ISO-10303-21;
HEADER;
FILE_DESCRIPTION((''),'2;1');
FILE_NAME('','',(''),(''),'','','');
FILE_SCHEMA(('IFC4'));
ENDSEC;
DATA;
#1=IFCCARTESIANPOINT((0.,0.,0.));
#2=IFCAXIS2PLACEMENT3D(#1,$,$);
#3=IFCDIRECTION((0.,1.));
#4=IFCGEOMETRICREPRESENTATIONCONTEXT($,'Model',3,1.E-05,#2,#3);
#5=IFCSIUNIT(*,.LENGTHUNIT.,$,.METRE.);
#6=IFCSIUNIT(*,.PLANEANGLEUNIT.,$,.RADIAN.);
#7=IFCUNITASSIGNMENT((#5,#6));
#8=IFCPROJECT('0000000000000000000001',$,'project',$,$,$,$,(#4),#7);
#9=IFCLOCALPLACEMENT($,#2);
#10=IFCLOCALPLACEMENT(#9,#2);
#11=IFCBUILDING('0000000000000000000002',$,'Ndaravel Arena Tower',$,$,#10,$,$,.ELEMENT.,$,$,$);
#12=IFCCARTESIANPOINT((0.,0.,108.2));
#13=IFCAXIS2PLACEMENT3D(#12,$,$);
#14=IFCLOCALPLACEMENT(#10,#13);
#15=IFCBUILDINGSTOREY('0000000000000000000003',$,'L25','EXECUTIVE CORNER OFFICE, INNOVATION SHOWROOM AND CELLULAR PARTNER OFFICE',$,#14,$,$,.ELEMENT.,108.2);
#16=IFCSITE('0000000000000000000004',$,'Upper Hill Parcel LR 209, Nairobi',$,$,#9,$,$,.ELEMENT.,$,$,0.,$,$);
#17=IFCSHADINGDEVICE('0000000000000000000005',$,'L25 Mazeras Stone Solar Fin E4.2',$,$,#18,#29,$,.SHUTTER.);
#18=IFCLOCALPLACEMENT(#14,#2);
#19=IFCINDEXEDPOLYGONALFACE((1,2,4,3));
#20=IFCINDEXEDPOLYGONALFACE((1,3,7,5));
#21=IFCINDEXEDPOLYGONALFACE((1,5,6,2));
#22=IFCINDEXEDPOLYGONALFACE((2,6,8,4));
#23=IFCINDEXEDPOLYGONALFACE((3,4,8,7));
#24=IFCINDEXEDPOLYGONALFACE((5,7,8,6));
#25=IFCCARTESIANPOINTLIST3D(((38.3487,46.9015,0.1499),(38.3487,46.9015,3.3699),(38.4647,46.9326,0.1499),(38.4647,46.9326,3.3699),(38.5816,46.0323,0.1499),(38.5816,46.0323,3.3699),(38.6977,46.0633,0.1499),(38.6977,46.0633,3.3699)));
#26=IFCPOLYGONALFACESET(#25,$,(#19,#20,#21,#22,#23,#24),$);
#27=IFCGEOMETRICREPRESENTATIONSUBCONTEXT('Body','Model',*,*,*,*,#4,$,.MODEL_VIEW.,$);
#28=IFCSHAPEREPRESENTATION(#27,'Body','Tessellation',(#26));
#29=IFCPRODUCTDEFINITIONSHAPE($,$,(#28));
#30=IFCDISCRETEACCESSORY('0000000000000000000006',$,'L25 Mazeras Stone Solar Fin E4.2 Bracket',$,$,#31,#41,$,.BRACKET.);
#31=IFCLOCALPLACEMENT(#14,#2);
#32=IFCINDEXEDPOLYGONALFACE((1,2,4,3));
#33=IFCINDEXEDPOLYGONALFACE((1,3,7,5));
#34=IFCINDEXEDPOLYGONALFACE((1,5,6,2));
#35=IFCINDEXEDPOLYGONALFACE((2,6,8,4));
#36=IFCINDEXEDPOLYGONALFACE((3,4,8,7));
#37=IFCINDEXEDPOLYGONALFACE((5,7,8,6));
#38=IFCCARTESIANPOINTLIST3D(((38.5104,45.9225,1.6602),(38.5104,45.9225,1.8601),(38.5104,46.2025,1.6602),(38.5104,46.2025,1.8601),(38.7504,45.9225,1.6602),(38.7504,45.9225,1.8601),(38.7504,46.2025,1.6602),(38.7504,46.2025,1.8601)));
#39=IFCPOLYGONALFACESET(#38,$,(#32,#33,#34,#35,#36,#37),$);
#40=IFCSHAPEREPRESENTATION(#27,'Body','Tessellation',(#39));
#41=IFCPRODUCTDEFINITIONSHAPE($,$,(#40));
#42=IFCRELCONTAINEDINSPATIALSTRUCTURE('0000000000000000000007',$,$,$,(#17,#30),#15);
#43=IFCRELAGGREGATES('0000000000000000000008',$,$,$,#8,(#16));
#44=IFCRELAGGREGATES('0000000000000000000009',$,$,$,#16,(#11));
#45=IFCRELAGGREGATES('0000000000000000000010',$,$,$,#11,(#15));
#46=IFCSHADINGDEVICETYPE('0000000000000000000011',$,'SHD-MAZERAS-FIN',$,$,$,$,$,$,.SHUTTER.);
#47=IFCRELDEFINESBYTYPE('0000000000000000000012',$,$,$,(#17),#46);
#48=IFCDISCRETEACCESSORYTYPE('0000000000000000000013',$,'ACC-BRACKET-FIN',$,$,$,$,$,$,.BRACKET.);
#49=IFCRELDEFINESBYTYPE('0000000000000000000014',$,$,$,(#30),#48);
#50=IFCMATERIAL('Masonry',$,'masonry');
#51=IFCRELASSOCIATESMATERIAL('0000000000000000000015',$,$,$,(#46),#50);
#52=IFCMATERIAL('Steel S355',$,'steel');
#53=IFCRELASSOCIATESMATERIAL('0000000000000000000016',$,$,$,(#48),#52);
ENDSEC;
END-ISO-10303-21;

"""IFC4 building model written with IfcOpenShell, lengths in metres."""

from ifc_helpers import new_model, si_unit, direction, frame, origin, origin_2d, place, context, subcontext, project, spatial, rectangle, extrude, material, type_object, element, save


model = new_model("IFC4")

# Units and contexts
model_context = context("Model", 3, precision=1e-05, world=origin(), true_north=direction((0.0, 1.0)))
body_context = subcontext(model_context, "Body", "Model", "MODEL_VIEW")
ifc_project = project(units=[si_unit("LENGTHUNIT", "METRE"), si_unit("PLANEANGLEUNIT", "RADIAN")], contexts=[model_context])

# Site, building, storey
site_placement = place(None, origin())
site = spatial("IfcSite", under=ifc_project, at=site_placement, Name="Upper Hill Parcel LR 209, Nairobi", CompositionType="ELEMENT", RefElevation=0.0)
building_placement = place(site_placement, origin())
building = spatial("IfcBuilding", under=site, at=building_placement, Name="Ndaravel Arena Tower", CompositionType="ELEMENT")
storey_placement = place(building_placement, frame((0.0, 0.0, 108.2)))
storey = spatial("IfcBuildingStorey", under=building, at=storey_placement, Name="L25", Description="EXECUTIVE CORNER OFFICE, INNOVATION SHOWROOM AND CELLULAR PARTNER OFFICE", CompositionType="ELEMENT", Elevation=108.2)

# Shading device
ifc_material_1 = material(Name="Masonry", Category="masonry")
shading_device_type = type_object("IfcShadingDeviceType", Name="SHD-MAZERAS-FIN", PredefinedType="SHUTTER", material=ifc_material_1)
shading_device_placement = place(storey_placement, frame((38.5232, 46.4824, 0.1499), z_axis=(0.0, 0.0, 1.0), x_axis=(-0.258819, 0.965926, 0.0)))
element("IfcShadingDevice", 1, at=shading_device_placement, inside=storey, type_object=shading_device_type, Name="L25 Mazeras Stone Solar Fin E4.2", PredefinedType="SHUTTER", context=body_context, shape_type="SweptSolid", body=[
    extrude(rectangle(XDim=0.8999, YDim=0.1201, at=origin_2d()), origin(), (0.0, 0.0, 1.0), 3.22),
])

# Discrete accessory
ifc_material_2 = material(Name="Steel S355", Category="steel")
discrete_accessory_type = type_object("IfcDiscreteAccessoryType", Name="ACC-BRACKET-FIN", PredefinedType="BRACKET", material=ifc_material_2)
discrete_accessory_placement = place(storey_placement, frame((38.6304, 46.0625, 1.6602), z_axis=(0.0, 0.0, 1.0), x_axis=(0.0, 1.0, 0.0)))
element("IfcDiscreteAccessory", 2, at=discrete_accessory_placement, inside=storey, type_object=discrete_accessory_type, Name="L25 Mazeras Stone Solar Fin E4.2 Bracket", PredefinedType="BRACKET", context=body_context, shape_type="SweptSolid", body=[
    extrude(rectangle(XDim=0.28, YDim=0.24, at=origin_2d()), origin(), (0.0, 0.0, 1.0), 0.2),
])

save(model, "model.ifc")
